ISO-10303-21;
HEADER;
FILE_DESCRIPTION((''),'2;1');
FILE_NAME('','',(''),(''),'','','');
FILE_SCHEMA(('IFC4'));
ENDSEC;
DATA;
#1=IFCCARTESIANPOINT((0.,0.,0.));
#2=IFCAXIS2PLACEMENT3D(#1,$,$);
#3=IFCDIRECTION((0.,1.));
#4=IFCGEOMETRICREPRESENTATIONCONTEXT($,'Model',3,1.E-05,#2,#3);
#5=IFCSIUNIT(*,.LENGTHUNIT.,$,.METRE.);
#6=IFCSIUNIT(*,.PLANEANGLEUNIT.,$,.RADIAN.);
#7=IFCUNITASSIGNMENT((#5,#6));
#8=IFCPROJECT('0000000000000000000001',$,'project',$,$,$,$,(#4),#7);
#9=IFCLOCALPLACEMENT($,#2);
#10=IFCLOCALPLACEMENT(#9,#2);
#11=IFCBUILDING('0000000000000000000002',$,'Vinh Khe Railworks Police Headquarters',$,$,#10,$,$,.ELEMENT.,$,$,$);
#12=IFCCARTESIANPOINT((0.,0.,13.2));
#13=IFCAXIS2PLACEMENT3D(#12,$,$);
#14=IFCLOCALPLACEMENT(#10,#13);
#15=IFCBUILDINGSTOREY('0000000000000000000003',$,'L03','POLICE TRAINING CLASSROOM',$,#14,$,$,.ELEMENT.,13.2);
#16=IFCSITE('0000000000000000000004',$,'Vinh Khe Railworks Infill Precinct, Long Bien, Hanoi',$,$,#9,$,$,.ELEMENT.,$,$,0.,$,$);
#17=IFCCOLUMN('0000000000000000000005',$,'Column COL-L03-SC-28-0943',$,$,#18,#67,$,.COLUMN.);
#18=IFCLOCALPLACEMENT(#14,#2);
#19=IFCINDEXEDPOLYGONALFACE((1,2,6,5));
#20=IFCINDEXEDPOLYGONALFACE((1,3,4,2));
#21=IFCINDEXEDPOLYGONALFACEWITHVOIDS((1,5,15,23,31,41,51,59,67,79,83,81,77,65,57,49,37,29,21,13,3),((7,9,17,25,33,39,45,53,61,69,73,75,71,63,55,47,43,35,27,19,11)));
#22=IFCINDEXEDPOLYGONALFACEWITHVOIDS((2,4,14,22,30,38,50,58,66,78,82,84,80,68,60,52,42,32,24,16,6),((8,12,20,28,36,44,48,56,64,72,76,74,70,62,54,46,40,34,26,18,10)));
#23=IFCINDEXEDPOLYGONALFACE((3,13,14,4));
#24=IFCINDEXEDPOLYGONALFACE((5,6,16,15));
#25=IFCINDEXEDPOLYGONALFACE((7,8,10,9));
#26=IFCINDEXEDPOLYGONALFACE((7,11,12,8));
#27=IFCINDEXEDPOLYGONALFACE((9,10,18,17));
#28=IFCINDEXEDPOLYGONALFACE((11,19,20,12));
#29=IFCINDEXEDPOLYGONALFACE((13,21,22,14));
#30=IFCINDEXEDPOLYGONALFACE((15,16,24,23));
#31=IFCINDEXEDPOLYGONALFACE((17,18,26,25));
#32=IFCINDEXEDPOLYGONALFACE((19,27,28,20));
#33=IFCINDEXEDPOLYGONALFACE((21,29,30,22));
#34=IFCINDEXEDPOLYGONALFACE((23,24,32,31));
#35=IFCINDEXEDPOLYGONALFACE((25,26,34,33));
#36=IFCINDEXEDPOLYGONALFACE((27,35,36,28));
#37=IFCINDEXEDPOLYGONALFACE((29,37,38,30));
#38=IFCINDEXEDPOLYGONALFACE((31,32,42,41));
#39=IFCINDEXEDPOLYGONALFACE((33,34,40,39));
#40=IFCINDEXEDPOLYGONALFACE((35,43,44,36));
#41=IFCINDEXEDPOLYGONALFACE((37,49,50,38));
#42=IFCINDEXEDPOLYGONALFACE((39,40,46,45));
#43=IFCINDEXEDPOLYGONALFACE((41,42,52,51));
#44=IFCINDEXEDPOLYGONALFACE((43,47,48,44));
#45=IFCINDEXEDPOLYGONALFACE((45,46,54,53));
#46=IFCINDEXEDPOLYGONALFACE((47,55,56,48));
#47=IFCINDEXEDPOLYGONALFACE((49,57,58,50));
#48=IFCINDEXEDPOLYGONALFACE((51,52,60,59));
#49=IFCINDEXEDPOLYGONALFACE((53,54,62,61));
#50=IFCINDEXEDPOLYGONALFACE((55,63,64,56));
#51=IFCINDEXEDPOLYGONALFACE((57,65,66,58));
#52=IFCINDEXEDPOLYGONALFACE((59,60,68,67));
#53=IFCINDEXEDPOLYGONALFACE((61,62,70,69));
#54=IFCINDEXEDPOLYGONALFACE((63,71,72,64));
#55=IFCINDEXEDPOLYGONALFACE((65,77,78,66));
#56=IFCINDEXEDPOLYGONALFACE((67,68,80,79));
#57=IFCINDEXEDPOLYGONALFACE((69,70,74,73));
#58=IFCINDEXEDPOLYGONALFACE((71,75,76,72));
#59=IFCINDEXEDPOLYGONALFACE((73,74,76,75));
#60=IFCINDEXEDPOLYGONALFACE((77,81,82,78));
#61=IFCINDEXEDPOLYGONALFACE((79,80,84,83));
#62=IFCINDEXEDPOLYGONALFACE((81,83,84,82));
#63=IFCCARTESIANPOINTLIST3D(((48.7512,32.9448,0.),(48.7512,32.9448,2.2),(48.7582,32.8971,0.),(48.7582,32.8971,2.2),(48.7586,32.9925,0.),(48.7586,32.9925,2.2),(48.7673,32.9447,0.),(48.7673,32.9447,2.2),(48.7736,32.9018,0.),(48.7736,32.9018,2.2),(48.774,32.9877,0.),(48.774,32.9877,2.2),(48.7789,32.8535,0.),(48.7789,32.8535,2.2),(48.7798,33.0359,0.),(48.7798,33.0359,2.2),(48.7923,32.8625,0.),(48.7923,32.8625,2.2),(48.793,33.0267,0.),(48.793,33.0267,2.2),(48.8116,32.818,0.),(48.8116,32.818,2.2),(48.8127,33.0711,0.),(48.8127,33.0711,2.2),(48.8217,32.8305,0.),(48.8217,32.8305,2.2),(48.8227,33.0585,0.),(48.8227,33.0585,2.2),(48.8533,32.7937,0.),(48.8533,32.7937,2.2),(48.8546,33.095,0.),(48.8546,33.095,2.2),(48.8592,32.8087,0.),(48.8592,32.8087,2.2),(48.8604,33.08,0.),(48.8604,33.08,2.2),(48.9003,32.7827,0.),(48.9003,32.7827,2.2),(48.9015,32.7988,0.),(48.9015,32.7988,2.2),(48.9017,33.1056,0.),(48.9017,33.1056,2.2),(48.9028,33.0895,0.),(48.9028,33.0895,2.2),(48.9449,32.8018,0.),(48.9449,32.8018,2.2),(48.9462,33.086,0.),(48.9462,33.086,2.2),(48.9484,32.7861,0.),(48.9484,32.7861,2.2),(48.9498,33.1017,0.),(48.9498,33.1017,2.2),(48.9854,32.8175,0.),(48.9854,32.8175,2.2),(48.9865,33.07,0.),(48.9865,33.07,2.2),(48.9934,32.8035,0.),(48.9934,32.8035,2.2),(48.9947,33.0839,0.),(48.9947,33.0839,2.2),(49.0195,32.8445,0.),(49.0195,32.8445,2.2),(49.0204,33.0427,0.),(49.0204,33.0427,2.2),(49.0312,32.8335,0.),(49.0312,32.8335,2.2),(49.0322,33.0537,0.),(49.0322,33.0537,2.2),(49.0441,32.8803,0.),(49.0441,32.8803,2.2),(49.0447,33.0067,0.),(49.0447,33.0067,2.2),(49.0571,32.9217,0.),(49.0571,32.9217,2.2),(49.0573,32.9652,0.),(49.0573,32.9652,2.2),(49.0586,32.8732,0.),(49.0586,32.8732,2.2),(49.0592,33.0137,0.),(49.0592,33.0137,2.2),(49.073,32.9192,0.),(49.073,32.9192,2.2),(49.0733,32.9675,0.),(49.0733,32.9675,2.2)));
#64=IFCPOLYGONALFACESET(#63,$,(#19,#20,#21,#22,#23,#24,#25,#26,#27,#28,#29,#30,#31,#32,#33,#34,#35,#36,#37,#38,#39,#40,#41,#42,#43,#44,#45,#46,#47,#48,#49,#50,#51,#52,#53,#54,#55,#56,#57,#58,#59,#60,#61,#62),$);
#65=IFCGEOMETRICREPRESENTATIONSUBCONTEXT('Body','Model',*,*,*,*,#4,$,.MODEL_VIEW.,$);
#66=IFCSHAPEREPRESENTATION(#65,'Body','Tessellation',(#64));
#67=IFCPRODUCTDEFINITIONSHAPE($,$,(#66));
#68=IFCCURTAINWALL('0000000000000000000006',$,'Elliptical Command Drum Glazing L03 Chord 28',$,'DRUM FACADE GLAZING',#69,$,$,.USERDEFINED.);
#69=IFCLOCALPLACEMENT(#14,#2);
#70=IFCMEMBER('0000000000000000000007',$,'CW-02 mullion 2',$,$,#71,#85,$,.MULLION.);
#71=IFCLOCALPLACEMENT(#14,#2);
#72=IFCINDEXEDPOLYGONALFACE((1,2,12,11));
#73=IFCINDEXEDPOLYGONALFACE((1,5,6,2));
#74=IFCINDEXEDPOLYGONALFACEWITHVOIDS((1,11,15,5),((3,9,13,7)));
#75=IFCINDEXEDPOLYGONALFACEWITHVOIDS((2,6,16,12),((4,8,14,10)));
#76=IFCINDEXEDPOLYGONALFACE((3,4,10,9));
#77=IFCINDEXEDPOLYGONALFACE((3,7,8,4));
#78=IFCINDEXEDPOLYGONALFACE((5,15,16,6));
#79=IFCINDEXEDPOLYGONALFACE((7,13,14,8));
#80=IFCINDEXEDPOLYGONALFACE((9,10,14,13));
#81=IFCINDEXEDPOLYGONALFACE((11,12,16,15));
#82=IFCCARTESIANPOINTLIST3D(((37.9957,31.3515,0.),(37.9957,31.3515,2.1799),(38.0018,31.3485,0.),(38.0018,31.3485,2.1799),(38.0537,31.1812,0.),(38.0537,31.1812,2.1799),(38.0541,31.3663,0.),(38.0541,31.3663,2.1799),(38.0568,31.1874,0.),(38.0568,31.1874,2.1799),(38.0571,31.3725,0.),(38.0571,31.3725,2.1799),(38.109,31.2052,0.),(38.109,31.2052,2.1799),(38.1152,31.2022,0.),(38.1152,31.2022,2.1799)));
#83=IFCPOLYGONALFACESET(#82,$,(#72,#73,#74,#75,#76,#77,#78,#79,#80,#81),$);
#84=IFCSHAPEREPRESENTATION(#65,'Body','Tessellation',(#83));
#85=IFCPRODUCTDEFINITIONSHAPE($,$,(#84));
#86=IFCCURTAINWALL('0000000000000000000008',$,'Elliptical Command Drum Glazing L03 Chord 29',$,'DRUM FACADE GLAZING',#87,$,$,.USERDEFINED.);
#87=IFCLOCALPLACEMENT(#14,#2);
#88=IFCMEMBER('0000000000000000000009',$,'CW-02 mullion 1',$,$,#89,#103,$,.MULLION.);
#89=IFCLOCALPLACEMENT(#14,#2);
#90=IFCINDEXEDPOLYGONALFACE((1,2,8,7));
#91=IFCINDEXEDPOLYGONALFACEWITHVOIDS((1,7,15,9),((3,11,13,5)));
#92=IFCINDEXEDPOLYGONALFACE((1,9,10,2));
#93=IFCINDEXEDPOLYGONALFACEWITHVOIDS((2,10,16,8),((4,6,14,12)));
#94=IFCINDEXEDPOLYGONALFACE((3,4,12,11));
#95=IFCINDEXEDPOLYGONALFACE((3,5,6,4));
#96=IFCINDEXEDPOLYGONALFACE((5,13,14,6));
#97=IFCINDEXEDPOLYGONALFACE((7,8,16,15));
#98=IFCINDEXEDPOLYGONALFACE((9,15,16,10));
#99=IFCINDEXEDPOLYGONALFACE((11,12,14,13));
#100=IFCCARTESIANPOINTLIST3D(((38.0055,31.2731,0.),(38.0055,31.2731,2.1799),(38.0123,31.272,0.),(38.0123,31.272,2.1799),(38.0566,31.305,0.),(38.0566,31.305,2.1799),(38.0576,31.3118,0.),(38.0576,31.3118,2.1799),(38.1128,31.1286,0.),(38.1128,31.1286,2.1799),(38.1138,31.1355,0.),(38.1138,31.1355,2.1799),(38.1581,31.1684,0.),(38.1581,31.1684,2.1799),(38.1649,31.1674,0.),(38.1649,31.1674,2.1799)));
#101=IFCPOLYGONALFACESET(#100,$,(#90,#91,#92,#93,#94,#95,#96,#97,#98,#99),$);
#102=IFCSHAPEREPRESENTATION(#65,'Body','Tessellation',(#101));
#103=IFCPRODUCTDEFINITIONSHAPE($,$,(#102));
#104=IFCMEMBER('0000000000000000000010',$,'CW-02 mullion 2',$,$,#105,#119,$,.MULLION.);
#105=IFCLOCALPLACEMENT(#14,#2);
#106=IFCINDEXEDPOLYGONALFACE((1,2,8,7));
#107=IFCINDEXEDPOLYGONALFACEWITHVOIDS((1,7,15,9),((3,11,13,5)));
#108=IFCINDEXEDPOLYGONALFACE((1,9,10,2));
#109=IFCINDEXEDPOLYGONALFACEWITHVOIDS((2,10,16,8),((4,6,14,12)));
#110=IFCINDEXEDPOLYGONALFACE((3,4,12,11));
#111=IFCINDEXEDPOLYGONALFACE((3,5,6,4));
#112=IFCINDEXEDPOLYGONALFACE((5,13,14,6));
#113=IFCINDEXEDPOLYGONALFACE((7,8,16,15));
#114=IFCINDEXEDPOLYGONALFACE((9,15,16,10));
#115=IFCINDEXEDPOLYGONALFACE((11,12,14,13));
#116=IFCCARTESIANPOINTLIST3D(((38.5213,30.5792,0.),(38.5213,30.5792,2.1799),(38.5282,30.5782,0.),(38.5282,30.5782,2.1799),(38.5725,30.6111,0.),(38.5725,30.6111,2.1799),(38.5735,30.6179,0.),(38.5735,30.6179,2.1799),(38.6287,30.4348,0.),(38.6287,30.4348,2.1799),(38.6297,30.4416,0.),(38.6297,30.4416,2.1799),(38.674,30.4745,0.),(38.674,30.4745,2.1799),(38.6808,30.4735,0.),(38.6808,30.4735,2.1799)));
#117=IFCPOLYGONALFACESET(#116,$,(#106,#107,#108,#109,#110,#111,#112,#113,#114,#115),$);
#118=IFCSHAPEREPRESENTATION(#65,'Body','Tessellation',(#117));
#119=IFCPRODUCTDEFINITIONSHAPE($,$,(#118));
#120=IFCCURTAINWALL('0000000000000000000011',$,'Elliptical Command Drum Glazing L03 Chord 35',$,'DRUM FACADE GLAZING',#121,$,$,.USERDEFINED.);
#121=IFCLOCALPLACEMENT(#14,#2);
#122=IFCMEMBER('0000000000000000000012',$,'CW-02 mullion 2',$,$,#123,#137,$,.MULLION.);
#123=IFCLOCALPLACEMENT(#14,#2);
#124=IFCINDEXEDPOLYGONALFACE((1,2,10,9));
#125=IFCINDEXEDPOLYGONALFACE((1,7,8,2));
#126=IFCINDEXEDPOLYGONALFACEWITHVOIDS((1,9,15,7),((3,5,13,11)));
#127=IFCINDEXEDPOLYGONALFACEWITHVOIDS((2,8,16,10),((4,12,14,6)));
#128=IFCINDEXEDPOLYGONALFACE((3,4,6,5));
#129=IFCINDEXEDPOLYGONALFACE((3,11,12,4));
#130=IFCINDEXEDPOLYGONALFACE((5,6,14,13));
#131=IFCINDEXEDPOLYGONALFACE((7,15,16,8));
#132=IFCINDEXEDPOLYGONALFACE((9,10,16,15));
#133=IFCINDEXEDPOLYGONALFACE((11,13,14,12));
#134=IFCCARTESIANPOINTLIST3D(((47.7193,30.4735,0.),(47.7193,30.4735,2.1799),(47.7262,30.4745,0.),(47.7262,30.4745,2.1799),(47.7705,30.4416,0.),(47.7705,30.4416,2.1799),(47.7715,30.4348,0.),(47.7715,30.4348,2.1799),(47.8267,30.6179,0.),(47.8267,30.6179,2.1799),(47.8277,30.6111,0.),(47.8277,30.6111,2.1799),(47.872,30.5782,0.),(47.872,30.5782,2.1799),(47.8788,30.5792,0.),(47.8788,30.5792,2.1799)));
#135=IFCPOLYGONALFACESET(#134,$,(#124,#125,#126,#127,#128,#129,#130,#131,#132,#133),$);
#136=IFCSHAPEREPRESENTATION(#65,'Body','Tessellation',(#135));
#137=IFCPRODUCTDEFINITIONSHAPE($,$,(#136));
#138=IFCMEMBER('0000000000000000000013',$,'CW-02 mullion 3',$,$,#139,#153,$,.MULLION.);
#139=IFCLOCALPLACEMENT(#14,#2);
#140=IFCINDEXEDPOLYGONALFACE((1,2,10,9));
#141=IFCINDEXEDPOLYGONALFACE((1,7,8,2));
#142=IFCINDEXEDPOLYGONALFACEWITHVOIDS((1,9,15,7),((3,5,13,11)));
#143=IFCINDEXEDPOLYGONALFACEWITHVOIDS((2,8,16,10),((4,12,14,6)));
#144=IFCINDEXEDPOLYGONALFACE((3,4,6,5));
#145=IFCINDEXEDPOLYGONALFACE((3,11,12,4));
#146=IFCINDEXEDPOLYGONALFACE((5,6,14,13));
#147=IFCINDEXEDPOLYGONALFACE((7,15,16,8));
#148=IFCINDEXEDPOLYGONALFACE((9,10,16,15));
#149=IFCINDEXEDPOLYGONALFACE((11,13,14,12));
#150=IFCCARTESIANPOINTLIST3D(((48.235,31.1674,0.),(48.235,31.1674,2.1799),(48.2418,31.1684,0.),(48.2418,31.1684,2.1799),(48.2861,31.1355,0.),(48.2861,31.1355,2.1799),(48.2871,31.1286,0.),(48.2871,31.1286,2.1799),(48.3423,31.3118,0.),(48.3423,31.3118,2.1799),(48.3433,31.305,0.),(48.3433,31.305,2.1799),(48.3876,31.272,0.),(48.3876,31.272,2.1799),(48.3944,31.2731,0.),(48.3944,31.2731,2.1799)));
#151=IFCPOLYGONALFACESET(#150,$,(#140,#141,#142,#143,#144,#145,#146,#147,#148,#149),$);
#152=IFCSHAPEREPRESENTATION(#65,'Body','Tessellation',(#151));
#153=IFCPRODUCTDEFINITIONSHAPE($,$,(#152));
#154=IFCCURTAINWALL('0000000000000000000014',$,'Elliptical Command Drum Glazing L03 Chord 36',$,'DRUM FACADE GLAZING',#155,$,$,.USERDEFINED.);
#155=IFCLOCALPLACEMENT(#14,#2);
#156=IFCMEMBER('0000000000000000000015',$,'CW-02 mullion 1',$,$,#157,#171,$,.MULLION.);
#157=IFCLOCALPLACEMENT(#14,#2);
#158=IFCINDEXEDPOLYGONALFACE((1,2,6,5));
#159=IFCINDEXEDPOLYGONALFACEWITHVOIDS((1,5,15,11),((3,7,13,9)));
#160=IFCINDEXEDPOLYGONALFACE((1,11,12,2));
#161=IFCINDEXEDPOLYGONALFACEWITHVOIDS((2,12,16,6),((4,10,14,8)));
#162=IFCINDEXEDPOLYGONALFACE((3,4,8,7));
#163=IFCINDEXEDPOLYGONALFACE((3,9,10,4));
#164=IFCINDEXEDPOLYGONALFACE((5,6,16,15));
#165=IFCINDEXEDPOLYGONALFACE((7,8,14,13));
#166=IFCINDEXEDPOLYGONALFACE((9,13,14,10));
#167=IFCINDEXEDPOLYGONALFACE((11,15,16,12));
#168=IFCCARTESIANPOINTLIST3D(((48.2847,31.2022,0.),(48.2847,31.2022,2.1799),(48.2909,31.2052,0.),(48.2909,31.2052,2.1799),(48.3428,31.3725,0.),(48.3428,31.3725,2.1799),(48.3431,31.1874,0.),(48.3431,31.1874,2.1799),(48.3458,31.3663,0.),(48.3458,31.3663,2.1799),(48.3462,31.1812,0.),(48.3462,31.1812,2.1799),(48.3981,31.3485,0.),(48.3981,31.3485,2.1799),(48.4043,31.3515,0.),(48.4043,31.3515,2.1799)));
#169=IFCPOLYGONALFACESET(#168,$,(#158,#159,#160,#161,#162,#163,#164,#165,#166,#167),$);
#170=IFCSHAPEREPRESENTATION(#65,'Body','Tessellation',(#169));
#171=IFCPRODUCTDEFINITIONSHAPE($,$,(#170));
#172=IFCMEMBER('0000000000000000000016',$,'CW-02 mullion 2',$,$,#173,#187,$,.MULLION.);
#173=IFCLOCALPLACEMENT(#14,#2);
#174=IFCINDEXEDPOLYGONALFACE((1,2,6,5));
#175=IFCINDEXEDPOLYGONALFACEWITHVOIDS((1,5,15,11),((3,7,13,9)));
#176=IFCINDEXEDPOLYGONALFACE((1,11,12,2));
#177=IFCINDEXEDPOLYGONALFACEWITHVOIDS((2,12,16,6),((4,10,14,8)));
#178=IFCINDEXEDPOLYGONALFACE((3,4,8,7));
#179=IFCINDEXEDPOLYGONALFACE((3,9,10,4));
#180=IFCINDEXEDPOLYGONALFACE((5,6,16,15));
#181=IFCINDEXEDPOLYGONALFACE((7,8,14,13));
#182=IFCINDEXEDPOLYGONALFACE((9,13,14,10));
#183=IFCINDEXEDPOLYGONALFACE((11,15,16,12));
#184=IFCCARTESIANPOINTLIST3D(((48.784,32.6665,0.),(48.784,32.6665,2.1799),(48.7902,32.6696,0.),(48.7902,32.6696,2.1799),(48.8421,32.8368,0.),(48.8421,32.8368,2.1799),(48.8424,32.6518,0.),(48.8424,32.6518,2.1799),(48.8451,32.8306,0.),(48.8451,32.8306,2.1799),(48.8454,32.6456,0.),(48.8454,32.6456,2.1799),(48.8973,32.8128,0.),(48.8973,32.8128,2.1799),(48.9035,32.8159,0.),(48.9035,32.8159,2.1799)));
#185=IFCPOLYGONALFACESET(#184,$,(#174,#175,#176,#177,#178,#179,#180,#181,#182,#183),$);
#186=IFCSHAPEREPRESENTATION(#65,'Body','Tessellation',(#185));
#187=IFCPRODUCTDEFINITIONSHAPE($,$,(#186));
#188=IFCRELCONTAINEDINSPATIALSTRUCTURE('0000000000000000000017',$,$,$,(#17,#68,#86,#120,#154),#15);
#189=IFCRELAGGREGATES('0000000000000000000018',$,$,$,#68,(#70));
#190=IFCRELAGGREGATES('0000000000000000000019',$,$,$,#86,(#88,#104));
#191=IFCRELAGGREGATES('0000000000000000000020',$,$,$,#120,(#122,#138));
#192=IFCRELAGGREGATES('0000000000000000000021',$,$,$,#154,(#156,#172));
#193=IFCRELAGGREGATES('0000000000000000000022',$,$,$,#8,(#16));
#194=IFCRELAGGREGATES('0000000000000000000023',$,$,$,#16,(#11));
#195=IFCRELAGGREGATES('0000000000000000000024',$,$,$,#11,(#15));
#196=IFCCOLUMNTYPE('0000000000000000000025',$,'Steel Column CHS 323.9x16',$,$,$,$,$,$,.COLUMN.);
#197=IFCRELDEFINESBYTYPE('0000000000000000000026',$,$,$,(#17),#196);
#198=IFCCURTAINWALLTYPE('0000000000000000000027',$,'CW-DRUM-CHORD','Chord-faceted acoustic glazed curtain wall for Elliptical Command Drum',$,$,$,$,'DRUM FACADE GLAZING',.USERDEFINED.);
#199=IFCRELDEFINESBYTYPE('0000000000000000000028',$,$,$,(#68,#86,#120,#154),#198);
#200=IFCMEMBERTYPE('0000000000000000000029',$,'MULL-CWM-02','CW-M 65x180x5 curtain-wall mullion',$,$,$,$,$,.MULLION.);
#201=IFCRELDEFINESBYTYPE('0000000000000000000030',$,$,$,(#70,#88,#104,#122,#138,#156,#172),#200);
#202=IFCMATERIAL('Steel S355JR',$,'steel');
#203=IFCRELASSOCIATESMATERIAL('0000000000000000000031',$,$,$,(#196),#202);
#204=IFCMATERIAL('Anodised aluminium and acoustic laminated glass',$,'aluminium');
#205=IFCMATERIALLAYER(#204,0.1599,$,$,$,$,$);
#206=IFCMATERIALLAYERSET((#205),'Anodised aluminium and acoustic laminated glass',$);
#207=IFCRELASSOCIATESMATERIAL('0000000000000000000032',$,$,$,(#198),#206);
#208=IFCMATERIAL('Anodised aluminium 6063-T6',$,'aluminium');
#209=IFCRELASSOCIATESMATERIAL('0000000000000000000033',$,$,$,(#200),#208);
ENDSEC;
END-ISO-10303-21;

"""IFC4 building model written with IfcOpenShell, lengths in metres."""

from ifc_helpers import new_model, si_unit, direction, frame, origin, origin_2d, place, context, subcontext, project, spatial, hollow_rectangle, hollow_circle, extrude, material, layer, layer_set, material_profile, profile_set, type_object, element, aggregate, save


model = new_model("IFC4")

# Units and contexts
model_context = context("Model", 3, precision=1e-05, world=origin(), true_north=direction((0.0, 1.0)))
body_context = subcontext(model_context, "Body", "Model", "MODEL_VIEW")
ifc_project = project(units=[si_unit("LENGTHUNIT", "METRE"), si_unit("PLANEANGLEUNIT", "RADIAN")], contexts=[model_context])

# Site, building, storey
site_placement = place(None, origin())
site = spatial("IfcSite", under=ifc_project, at=site_placement, Name="Vinh Khe Railworks Infill Precinct, Long Bien, Hanoi", CompositionType="ELEMENT", RefElevation=0.0)
building_placement = place(site_placement, origin())
building = spatial("IfcBuilding", under=site, at=building_placement, Name="Vinh Khe Railworks Police Headquarters", CompositionType="ELEMENT")
storey_placement = place(building_placement, frame((0.0, 0.0, 13.2)))
storey = spatial("IfcBuildingStorey", under=building, at=storey_placement, Name="L03", Description="POLICE TRAINING CLASSROOM", CompositionType="ELEMENT", Elevation=13.2)

# Column
ifc_material_1 = material(Name="Steel S355JR", Category="steel")
ifc_material_profile_1 = material_profile(ifc_material_1, hollow_circle(Radius=0.1619, WallThickness=0.0161, at=origin_2d()), Name="CHS 323.9x16")
ifc_profile_set_1 = profile_set([ifc_material_profile_1], Name="Steel S355JR")
column_type = type_object("IfcColumnType", Name="Steel Column CHS 323.9x16", PredefinedType="COLUMN", material=ifc_profile_set_1)
column_placement = place(storey_placement, frame((48.9131, 32.9441, 0.0), z_axis=(0.0, 0.0, 1.0), x_axis=(0.988148, -0.153503, 0.0)))
element("IfcColumn", 1, at=column_placement, inside=storey, type_object=column_type, Name="Column COL-L03-SC-28-0943", PredefinedType="COLUMN", context=body_context, shape_type="SweptSolid", body=[
    extrude(hollow_circle(Radius=0.1619, WallThickness=0.0161, at=origin_2d()), origin(), (0.0, 0.0, 1.0), 2.2),
])

# Curtain wall, member
ifc_material_2 = material(Name="Anodised aluminium and acoustic laminated glass", Category="aluminium")
ifc_layer_1 = layer(ifc_material_2, 0.1599)
ifc_layer_set_1 = layer_set([ifc_layer_1], Name="Anodised aluminium and acoustic laminated glass")
curtain_wall_type = type_object("IfcCurtainWallType", Name="CW-DRUM-CHORD", Description="Chord-faceted acoustic glazed curtain wall for Elliptical Command Drum", ElementType="DRUM FACADE GLAZING", PredefinedType="USERDEFINED", material=ifc_layer_set_1)
curtain_wall_1_placement = place(storey_placement, origin())
curtain_wall_1 = element("IfcCurtainWall", 2, at=curtain_wall_1_placement, inside=storey, type_object=curtain_wall_type, Name="Elliptical Command Drum Glazing L03 Chord 28", ObjectType="DRUM FACADE GLAZING", PredefinedType="USERDEFINED")
ifc_material_3 = material(Name="Anodised aluminium 6063-T6", Category="aluminium")
ifc_material_profile_2 = material_profile(ifc_material_3, hollow_rectangle(XDim=0.0649, YDim=0.1799, WallThickness=0.0049, at=origin_2d()), Name="CW-M 65x180x5")
ifc_profile_set_2 = profile_set([ifc_material_profile_2], Name="Anodised aluminium 6063-T6")
member_type_1 = type_object("IfcMemberType", Name="MULL-CWM-02", Description="CW-M 65x180x5 curtain-wall mullion", PredefinedType="MULLION", material=ifc_profile_set_2)
member_1_placement = place(storey_placement, frame((38.0554, 31.2769, 0.0), z_axis=(0.0, 0.0, 1.0), x_axis=(0.946485, 0.322749, 0.0)))
member_1 = element("IfcMember", 3, at=member_1_placement, type_object=member_type_1, Name="CW-02 mullion 2", PredefinedType="MULLION", context=body_context, shape_type="SweptSolid", body=[
    extrude(hollow_rectangle(XDim=0.0649, YDim=0.1799, WallThickness=0.0049, at=origin_2d()), origin(), (0.0, 0.0, 1.0), 2.1799),
])

# Curtain walls, members
curtain_wall_2_placement = place(storey_placement, origin())
curtain_wall_2 = element("IfcCurtainWall", 4, at=curtain_wall_2_placement, inside=storey, type_object=curtain_wall_type, Name="Elliptical Command Drum Glazing L03 Chord 29", ObjectType="DRUM FACADE GLAZING", PredefinedType="USERDEFINED")
member_2_placement = place(storey_placement, frame((38.0852, 31.2202, 0.0), z_axis=(0.0, 0.0, 1.0), x_axis=(0.802592, 0.596528, 0.0)))
member_2 = element("IfcMember", 5, at=member_2_placement, type_object=member_type_1, Name="CW-02 mullion 1", PredefinedType="MULLION", context=body_context, shape_type="SweptSolid", body=[
    extrude(hollow_rectangle(XDim=0.0649, YDim=0.1799, WallThickness=0.0049, at=origin_2d()), origin(), (0.0, 0.0, 1.0), 2.1799),
])
member_3_placement = place(storey_placement, frame((38.6011, 30.5264, 0.0), z_axis=(0.0, 0.0, 1.0), x_axis=(0.802592, 0.596528, 0.0)))
member_3 = element("IfcMember", 6, at=member_3_placement, type_object=member_type_1, Name="CW-02 mullion 2", PredefinedType="MULLION", context=body_context, shape_type="SweptSolid", body=[
    extrude(hollow_rectangle(XDim=0.0649, YDim=0.1799, WallThickness=0.0049, at=origin_2d()), origin(), (0.0, 0.0, 1.0), 2.1799),
])
curtain_wall_3_placement = place(storey_placement, origin())
curtain_wall_3 = element("IfcCurtainWall", 7, at=curtain_wall_3_placement, inside=storey, type_object=curtain_wall_type, Name="Elliptical Command Drum Glazing L03 Chord 35", ObjectType="DRUM FACADE GLAZING", PredefinedType="USERDEFINED")
member_4_placement = place(storey_placement, frame((47.7991, 30.5264, 0.0), z_axis=(0.0, 0.0, 1.0), x_axis=(-0.802592, 0.596528, 0.0)))
member_4 = element("IfcMember", 8, at=member_4_placement, type_object=member_type_1, Name="CW-02 mullion 2", PredefinedType="MULLION", context=body_context, shape_type="SweptSolid", body=[
    extrude(hollow_rectangle(XDim=0.0649, YDim=0.1799, WallThickness=0.0049, at=origin_2d()), origin(), (0.0, 0.0, 1.0), 2.1799),
])
member_5_placement = place(storey_placement, frame((48.3147, 31.2202, 0.0), z_axis=(0.0, 0.0, 1.0), x_axis=(-0.802592, 0.596528, 0.0)))
member_5 = element("IfcMember", 9, at=member_5_placement, type_object=member_type_1, Name="CW-02 mullion 3", PredefinedType="MULLION", context=body_context, shape_type="SweptSolid", body=[
    extrude(hollow_rectangle(XDim=0.0649, YDim=0.1799, WallThickness=0.0049, at=origin_2d()), origin(), (0.0, 0.0, 1.0), 2.1799),
])
curtain_wall_4_placement = place(storey_placement, origin())
curtain_wall_4 = element("IfcCurtainWall", 10, at=curtain_wall_4_placement, inside=storey, type_object=curtain_wall_type, Name="Elliptical Command Drum Glazing L03 Chord 36", ObjectType="DRUM FACADE GLAZING", PredefinedType="USERDEFINED")
member_6_placement = place(storey_placement, frame((48.3445, 31.2769, 0.0), z_axis=(0.0, 0.0, 1.0), x_axis=(-0.946485, 0.322749, 0.0)))
member_6 = element("IfcMember", 11, at=member_6_placement, type_object=member_type_1, Name="CW-02 mullion 1", PredefinedType="MULLION", context=body_context, shape_type="SweptSolid", body=[
    extrude(hollow_rectangle(XDim=0.0649, YDim=0.1799, WallThickness=0.0049, at=origin_2d()), origin(), (0.0, 0.0, 1.0), 2.1799),
])
member_7_placement = place(storey_placement, frame((48.8438, 32.7412, 0.0), z_axis=(0.0, 0.0, 1.0), x_axis=(-0.946485, 0.322749, 0.0)))
member_7 = element("IfcMember", 12, at=member_7_placement, type_object=member_type_1, Name="CW-02 mullion 2", PredefinedType="MULLION", context=body_context, shape_type="SweptSolid", body=[
    extrude(hollow_rectangle(XDim=0.0649, YDim=0.1799, WallThickness=0.0049, at=origin_2d()), origin(), (0.0, 0.0, 1.0), 2.1799),
])

aggregate(curtain_wall_1, [member_1])
aggregate(curtain_wall_2, [member_2, member_3])
aggregate(curtain_wall_3, [member_4, member_5])
aggregate(curtain_wall_4, [member_6, member_7])

save(model, "model.ifc")
